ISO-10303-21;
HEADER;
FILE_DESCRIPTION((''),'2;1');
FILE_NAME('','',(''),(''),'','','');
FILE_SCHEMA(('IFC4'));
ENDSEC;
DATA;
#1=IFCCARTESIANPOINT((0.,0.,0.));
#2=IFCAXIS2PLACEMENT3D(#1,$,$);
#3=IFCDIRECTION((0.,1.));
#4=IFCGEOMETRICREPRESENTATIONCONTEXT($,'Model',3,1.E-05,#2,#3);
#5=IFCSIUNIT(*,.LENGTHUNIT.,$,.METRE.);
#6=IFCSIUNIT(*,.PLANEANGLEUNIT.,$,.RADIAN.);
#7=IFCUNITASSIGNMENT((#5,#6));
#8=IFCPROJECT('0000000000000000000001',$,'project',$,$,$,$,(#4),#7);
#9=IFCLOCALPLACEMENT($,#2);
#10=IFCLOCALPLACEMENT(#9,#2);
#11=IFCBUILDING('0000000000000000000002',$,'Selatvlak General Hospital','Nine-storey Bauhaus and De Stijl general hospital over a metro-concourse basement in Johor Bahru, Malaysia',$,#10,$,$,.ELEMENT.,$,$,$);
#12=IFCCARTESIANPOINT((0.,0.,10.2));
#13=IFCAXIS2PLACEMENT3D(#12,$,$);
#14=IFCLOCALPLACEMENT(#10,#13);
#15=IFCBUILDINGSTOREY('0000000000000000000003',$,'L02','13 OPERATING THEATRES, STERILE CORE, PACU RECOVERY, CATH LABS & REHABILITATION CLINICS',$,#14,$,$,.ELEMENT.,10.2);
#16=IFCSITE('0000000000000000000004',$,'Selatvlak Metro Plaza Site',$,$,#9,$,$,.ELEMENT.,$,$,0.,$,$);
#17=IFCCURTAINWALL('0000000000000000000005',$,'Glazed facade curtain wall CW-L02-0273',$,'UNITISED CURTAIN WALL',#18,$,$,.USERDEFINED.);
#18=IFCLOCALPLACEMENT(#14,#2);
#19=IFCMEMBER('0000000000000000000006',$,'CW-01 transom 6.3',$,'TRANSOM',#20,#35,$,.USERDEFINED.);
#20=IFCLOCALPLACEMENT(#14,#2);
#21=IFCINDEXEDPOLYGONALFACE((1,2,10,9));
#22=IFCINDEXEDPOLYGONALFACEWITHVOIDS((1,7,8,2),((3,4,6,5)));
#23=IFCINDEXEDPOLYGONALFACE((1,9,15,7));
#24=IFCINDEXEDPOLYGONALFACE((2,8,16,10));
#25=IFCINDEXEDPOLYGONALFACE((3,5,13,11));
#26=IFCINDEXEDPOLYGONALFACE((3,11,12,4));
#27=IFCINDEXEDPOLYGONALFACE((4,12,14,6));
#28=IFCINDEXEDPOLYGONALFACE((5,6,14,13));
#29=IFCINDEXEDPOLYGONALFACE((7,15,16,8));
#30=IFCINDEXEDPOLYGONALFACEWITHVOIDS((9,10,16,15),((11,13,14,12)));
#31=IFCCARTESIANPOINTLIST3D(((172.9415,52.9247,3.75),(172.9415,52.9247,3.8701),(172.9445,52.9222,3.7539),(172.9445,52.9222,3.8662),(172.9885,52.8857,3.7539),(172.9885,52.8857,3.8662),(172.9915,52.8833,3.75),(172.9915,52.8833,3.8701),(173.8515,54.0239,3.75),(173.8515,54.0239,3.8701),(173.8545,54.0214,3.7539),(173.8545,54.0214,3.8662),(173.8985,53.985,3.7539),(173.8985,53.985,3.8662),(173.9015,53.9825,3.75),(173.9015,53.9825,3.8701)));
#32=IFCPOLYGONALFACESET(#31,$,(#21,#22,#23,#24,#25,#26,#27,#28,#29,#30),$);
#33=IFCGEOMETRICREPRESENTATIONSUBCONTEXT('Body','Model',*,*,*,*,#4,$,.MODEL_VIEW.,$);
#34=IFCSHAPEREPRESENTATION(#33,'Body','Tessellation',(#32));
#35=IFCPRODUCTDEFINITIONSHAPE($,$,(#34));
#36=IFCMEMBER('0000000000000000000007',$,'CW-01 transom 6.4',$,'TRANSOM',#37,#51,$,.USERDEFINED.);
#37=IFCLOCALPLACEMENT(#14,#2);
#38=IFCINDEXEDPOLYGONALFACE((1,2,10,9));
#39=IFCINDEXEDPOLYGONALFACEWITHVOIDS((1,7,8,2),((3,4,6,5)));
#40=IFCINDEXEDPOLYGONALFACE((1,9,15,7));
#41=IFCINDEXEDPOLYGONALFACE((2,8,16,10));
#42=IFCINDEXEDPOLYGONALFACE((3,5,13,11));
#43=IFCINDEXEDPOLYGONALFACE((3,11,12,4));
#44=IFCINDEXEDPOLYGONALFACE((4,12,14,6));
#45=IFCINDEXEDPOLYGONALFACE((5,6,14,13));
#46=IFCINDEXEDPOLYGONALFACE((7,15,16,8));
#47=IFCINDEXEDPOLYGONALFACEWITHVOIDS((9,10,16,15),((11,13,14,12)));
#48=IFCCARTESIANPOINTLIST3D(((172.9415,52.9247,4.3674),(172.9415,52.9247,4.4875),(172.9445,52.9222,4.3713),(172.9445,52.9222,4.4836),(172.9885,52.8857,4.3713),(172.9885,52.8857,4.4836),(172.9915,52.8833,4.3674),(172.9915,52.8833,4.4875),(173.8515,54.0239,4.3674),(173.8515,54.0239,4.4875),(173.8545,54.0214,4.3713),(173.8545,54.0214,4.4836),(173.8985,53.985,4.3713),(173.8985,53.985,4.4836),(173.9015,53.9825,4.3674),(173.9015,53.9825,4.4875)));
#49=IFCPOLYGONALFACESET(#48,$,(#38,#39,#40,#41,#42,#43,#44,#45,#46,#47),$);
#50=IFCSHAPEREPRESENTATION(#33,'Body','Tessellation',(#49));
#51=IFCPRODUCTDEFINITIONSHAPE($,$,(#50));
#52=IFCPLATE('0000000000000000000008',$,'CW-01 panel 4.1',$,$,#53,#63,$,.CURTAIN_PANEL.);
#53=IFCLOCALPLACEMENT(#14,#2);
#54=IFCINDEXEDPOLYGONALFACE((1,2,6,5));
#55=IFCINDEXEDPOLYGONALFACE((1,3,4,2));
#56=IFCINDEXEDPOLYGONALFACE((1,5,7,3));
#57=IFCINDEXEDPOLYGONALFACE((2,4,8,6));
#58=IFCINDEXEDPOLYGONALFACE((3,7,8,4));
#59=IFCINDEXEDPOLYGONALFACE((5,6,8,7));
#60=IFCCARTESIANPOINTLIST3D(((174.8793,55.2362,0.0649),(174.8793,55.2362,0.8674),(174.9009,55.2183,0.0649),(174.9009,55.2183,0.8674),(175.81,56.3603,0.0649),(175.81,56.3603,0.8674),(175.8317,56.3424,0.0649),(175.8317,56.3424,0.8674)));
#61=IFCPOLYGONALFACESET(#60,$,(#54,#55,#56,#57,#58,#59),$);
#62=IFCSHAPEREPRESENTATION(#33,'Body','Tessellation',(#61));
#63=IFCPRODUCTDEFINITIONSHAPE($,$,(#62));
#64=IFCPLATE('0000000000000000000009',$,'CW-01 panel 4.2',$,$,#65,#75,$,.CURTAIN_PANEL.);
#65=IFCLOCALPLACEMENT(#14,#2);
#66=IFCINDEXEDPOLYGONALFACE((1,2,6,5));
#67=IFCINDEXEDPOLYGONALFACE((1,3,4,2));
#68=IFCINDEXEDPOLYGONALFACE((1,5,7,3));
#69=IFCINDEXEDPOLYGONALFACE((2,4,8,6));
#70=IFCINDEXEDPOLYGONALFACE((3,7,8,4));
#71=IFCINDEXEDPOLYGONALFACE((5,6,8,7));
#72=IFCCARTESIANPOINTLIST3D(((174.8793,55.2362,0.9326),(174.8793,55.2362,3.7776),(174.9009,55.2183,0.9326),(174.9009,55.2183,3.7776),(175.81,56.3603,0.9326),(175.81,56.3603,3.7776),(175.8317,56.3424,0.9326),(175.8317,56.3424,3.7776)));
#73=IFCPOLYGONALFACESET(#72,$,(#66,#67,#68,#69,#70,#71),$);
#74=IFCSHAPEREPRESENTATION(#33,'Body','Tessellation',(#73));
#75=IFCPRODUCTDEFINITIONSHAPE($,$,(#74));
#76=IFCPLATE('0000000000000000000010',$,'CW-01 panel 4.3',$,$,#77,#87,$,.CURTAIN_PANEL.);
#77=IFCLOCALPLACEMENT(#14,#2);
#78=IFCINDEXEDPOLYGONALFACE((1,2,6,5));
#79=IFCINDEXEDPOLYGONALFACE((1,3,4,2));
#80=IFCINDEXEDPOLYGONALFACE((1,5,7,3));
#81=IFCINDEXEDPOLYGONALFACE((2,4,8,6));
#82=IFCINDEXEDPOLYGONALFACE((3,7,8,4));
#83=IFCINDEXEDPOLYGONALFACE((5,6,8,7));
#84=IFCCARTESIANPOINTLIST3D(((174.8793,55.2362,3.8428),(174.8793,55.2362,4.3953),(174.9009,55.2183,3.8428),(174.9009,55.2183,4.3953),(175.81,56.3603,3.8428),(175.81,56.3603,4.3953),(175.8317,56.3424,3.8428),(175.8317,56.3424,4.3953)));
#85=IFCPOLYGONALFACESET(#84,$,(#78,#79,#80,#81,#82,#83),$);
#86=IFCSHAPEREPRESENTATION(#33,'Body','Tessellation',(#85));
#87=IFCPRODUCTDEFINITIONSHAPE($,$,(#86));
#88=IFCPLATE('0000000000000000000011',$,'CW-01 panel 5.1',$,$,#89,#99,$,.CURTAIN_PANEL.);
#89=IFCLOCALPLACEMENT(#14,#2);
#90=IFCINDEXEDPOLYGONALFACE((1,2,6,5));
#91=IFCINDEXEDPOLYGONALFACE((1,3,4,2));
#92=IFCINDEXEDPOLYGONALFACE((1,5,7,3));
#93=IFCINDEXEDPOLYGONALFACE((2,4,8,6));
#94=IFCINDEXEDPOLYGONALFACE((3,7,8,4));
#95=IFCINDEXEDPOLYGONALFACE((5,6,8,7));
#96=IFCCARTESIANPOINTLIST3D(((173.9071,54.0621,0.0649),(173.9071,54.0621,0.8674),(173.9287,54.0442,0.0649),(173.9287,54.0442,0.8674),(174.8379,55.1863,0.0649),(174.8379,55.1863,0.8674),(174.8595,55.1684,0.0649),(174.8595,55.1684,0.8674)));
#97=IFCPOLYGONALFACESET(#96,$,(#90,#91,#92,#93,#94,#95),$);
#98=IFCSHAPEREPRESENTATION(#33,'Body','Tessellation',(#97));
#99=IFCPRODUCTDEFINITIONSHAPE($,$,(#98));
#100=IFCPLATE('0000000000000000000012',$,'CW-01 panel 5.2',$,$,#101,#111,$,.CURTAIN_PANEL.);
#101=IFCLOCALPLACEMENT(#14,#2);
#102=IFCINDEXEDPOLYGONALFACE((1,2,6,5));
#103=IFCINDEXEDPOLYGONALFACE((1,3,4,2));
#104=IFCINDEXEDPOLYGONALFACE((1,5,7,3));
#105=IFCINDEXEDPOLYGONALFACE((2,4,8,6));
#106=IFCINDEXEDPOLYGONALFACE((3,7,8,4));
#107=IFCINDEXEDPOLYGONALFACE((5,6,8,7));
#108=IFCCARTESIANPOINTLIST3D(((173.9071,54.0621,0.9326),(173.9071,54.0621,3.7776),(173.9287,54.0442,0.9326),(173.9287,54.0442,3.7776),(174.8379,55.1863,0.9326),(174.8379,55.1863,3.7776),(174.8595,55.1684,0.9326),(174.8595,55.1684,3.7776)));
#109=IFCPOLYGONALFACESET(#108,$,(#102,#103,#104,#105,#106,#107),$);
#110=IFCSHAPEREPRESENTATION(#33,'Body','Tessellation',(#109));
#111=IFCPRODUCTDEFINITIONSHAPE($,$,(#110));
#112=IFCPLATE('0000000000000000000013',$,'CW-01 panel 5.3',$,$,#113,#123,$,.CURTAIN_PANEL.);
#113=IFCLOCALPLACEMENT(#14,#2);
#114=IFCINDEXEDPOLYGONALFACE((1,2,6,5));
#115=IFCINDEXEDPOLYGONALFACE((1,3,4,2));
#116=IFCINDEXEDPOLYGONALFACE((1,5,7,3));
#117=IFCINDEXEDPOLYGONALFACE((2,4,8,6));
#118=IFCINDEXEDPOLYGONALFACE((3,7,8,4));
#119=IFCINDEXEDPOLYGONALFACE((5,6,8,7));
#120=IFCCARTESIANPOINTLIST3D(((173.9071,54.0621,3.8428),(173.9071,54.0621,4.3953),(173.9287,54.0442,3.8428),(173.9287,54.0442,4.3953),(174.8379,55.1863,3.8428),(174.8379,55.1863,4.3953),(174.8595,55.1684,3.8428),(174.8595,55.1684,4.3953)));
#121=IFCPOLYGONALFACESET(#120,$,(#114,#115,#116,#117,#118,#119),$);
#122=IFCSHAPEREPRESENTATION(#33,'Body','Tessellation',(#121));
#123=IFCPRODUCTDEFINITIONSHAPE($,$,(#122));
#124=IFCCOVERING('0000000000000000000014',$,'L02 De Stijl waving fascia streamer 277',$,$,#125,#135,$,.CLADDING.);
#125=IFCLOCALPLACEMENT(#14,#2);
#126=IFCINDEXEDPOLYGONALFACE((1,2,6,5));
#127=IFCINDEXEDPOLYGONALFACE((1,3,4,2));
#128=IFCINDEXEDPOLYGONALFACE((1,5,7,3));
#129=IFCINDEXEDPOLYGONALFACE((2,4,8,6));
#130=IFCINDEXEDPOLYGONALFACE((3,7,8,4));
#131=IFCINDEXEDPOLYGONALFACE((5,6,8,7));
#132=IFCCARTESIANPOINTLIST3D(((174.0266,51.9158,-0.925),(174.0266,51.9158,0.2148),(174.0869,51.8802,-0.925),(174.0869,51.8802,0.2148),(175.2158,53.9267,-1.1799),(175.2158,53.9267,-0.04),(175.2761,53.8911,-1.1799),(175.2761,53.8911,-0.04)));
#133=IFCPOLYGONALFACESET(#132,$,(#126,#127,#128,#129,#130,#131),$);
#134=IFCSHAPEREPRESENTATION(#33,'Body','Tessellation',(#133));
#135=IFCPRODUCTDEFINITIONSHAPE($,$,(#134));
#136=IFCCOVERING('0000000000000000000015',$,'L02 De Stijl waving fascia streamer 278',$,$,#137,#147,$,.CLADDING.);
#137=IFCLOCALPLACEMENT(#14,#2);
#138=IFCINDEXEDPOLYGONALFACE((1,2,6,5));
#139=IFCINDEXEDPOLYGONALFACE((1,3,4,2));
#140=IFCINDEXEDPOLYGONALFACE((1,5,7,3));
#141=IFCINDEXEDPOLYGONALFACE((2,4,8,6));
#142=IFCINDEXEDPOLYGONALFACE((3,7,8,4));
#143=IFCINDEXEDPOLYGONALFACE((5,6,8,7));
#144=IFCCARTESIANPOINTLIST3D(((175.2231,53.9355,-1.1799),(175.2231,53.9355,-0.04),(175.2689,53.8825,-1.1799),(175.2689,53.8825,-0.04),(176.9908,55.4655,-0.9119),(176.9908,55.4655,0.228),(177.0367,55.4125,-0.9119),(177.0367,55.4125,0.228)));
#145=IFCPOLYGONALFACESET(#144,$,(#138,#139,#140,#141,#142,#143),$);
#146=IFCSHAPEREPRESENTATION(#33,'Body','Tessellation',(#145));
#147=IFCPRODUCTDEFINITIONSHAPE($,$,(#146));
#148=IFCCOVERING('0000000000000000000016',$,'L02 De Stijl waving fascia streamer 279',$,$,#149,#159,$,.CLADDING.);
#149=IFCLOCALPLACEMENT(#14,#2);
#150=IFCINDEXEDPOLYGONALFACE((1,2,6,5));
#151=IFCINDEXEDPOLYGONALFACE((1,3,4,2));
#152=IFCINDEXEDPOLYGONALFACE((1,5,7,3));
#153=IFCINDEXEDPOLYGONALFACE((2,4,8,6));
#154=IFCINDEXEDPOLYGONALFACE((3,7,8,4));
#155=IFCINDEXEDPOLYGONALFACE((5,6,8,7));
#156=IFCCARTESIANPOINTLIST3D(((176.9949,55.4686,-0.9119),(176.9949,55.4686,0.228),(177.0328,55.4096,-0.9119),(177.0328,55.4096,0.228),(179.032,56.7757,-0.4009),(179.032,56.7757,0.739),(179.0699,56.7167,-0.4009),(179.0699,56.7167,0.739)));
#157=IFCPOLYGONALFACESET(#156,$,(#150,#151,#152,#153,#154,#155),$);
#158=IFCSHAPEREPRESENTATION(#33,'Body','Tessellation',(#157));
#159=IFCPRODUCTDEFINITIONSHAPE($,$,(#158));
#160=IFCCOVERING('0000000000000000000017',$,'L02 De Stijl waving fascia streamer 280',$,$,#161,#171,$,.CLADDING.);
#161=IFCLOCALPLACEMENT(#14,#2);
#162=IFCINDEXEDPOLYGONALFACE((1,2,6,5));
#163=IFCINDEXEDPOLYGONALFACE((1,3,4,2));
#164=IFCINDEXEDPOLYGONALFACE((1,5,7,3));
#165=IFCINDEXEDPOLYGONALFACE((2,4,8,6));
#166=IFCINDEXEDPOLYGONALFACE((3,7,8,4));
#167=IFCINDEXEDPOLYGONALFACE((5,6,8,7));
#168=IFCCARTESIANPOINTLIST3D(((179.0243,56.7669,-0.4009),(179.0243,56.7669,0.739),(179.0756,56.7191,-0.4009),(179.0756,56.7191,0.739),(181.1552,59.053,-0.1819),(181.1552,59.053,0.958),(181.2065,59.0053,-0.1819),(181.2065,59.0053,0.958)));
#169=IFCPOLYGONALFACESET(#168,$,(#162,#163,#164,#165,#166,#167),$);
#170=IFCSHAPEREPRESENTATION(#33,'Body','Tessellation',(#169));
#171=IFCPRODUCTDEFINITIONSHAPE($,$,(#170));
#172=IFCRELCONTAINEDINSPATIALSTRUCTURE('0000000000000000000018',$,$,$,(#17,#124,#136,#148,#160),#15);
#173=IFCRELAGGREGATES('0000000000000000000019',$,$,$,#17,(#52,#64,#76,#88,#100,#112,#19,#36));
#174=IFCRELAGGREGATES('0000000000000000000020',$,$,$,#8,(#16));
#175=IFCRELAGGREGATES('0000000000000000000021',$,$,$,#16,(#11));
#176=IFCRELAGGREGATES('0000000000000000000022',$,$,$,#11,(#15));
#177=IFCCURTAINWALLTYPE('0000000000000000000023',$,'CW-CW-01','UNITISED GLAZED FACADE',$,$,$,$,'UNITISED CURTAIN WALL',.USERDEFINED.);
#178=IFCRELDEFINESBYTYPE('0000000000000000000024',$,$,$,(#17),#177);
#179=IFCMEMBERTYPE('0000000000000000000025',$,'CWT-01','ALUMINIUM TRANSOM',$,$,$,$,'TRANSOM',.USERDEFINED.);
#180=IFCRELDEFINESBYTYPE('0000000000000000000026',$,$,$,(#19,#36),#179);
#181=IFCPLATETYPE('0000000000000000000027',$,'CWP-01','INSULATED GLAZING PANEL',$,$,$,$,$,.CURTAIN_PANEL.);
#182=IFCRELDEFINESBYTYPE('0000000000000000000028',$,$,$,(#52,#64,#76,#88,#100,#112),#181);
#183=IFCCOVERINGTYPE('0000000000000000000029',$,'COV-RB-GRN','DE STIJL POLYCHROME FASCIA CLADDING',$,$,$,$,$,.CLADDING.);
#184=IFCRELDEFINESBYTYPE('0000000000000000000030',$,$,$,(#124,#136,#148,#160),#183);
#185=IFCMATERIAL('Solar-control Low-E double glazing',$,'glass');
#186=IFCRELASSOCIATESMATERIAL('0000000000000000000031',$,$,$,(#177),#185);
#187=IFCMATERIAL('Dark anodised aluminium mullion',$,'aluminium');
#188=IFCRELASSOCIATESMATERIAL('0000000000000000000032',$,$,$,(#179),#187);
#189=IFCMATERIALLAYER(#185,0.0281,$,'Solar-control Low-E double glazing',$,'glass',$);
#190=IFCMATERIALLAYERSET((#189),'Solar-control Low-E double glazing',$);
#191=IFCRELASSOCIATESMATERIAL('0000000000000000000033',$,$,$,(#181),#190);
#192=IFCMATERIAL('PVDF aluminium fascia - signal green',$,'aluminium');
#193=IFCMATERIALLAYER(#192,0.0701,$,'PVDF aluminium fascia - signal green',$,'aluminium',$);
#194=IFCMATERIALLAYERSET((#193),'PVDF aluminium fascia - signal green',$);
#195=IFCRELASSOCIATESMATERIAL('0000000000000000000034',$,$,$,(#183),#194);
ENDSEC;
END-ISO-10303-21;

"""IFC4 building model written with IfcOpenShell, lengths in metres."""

from ifc_helpers import new_model, si_unit, direction, frame, origin, origin_2d, place, context, subcontext, project, spatial, polyline, rectangle, hollow_rectangle, outline, extrude, material, layer, layer_set, material_profile, profile_set, type_object, element, aggregate, save


model = new_model("IFC4")

# Units and contexts
model_context = context("Model", 3, precision=1e-05, world=origin(), true_north=direction((0.0, 1.0)))
body_context = subcontext(model_context, "Body", "Model", "MODEL_VIEW")
ifc_project = project(units=[si_unit("LENGTHUNIT", "METRE"), si_unit("PLANEANGLEUNIT", "RADIAN")], contexts=[model_context])

# Site, building, storey
site_placement = place(None, origin())
site = spatial("IfcSite", under=ifc_project, at=site_placement, Name="Selatvlak Metro Plaza Site", CompositionType="ELEMENT", RefElevation=0.0)
building_placement = place(site_placement, origin())
building = spatial("IfcBuilding", under=site, at=building_placement, Name="Selatvlak General Hospital", Description="Nine-storey Bauhaus and De Stijl general hospital over a metro-concourse basement in Johor Bahru, Malaysia", CompositionType="ELEMENT")
storey_placement = place(building_placement, frame((0.0, 0.0, 10.2)))
storey = spatial("IfcBuildingStorey", under=building, at=storey_placement, Name="L02", Description="13 OPERATING THEATRES, STERILE CORE, PACU RECOVERY, CATH LABS & REHABILITATION CLINICS", CompositionType="ELEMENT", Elevation=10.2)

# Curtain wall, members, plates
ifc_material_1 = material(Name="Solar-control Low-E double glazing", Category="glass")
curtain_wall_type = type_object("IfcCurtainWallType", Name="CW-CW-01", Description="UNITISED GLAZED FACADE", ElementType="UNITISED CURTAIN WALL", PredefinedType="USERDEFINED", material=ifc_material_1)
curtain_wall_placement = place(storey_placement, origin())
curtain_wall = element("IfcCurtainWall", 1, at=curtain_wall_placement, inside=storey, type_object=curtain_wall_type, Name="Glazed facade curtain wall CW-L02-0273", ObjectType="UNITISED CURTAIN WALL", PredefinedType="USERDEFINED")
ifc_material_2 = material(Name="Dark anodised aluminium mullion", Category="aluminium")
ifc_material_profile_1 = material_profile(ifc_material_2, hollow_rectangle(XDim=0.0649, YDim=0.1201, WallThickness=0.0039, at=origin_2d()), Name="AL-TRN 65x120x4")
ifc_profile_set_1 = profile_set([ifc_material_profile_1], Name="Dark anodised aluminium mullion")
member_type_1 = type_object("IfcMemberType", Name="CWT-01", Description="ALUMINIUM TRANSOM", ElementType="TRANSOM", PredefinedType="USERDEFINED", material=ifc_profile_set_1)
member_1_placement = place(storey_placement, frame((173.8765, 54.0032, 3.8101), z_axis=(-0.63769, -0.770293, 0.0), x_axis=(0.770293, -0.63769, 0.0)))
member_1 = element("IfcMember", 2, at=member_1_placement, type_object=member_type_1, Name="CW-01 transom 6.3", ObjectType="TRANSOM", PredefinedType="USERDEFINED", context=body_context, shape_type="SweptSolid", body=[
    extrude(hollow_rectangle(XDim=0.0649, YDim=0.1201, WallThickness=0.0039, at=origin_2d()), origin(), (0.0, 0.0, 1.0), 1.427),
])
member_2_placement = place(storey_placement, frame((173.8765, 54.0032, 4.4275), z_axis=(-0.63769, -0.770293, 0.0), x_axis=(0.770293, -0.63769, 0.0)))
member_2 = element("IfcMember", 3, at=member_2_placement, type_object=member_type_1, Name="CW-01 transom 6.4", ObjectType="TRANSOM", PredefinedType="USERDEFINED", context=body_context, shape_type="SweptSolid", body=[
    extrude(hollow_rectangle(XDim=0.0649, YDim=0.1201, WallThickness=0.0039, at=origin_2d()), origin(), (0.0, 0.0, 1.0), 1.427),
])
ifc_layer_1 = layer(ifc_material_1, 0.0281, Name="Solar-control Low-E double glazing", Category="glass")
ifc_layer_set_1 = layer_set([ifc_layer_1], Name="Solar-control Low-E double glazing")
plate_type = type_object("IfcPlateType", Name="CWP-01", Description="INSULATED GLAZING PANEL", PredefinedType="CURTAIN_PANEL", material=ifc_layer_set_1)
plate_1_placement = place(storey_placement, frame((175.3555, 55.7893, 0.0649), z_axis=(0.0, 0.0, 1.0), x_axis=(-0.63774, -0.770252, 0.0)))
plate_1 = element("IfcPlate", 4, at=plate_1_placement, type_object=plate_type, Name="CW-01 panel 4.1", PredefinedType="CURTAIN_PANEL", context=body_context, shape_type="SweptSolid", body=[
    extrude(rectangle(XDim=1.4595, YDim=0.0281, at=origin_2d()), origin(), (0.0, 0.0, 1.0), 0.8025),
])
plate_2_placement = place(storey_placement, frame((175.3555, 55.7893, 0.9326), z_axis=(0.0, 0.0, 1.0), x_axis=(-0.63774, -0.770252, 0.0)))
plate_2 = element("IfcPlate", 5, at=plate_2_placement, type_object=plate_type, Name="CW-01 panel 4.2", PredefinedType="CURTAIN_PANEL", context=body_context, shape_type="SweptSolid", body=[
    extrude(rectangle(XDim=1.4595, YDim=0.0281, at=origin_2d()), origin(), (0.0, 0.0, 1.0), 2.845),
])
plate_3_placement = place(storey_placement, frame((175.3555, 55.7893, 3.8428), z_axis=(0.0, 0.0, 1.0), x_axis=(-0.63774, -0.770252, 0.0)))
plate_3 = element("IfcPlate", 6, at=plate_3_placement, type_object=plate_type, Name="CW-01 panel 4.3", PredefinedType="CURTAIN_PANEL", context=body_context, shape_type="SweptSolid", body=[
    extrude(rectangle(XDim=1.4595, YDim=0.0281, at=origin_2d()), origin(), (0.0, 0.0, 1.0), 0.5525),
])
plate_4_placement = place(storey_placement, frame((174.3833, 54.6152, 0.0649), z_axis=(0.0, 0.0, 1.0), x_axis=(-0.63774, -0.770252, 0.0)))
plate_4 = element("IfcPlate", 7, at=plate_4_placement, type_object=plate_type, Name="CW-01 panel 5.1", PredefinedType="CURTAIN_PANEL", context=body_context, shape_type="SweptSolid", body=[
    extrude(rectangle(XDim=1.4595, YDim=0.0281, at=origin_2d()), origin(), (0.0, 0.0, 1.0), 0.8025),
])
plate_5_placement = place(storey_placement, frame((174.3833, 54.6152, 0.9326), z_axis=(0.0, 0.0, 1.0), x_axis=(-0.63774, -0.770252, 0.0)))
plate_5 = element("IfcPlate", 8, at=plate_5_placement, type_object=plate_type, Name="CW-01 panel 5.2", PredefinedType="CURTAIN_PANEL", context=body_context, shape_type="SweptSolid", body=[
    extrude(rectangle(XDim=1.4595, YDim=0.0281, at=origin_2d()), origin(), (0.0, 0.0, 1.0), 2.845),
])
plate_6_placement = place(storey_placement, frame((174.3833, 54.6152, 3.8428), z_axis=(0.0, 0.0, 1.0), x_axis=(-0.63774, -0.770252, 0.0)))
plate_6 = element("IfcPlate", 9, at=plate_6_placement, type_object=plate_type, Name="CW-01 panel 5.3", PredefinedType="CURTAIN_PANEL", context=body_context, shape_type="SweptSolid", body=[
    extrude(rectangle(XDim=1.4595, YDim=0.0281, at=origin_2d()), origin(), (0.0, 0.0, 1.0), 0.5525),
])
aggregate(curtain_wall, [plate_1, plate_2, plate_3, plate_4, plate_5, plate_6, member_1, member_2])

# Coverings
ifc_material_3 = material(Name="PVDF aluminium fascia - signal green", Category="aluminium")
ifc_layer_2 = layer(ifc_material_3, 0.0701, Name="PVDF aluminium fascia - signal green", Category="aluminium")
ifc_layer_set_2 = layer_set([ifc_layer_2], Name="PVDF aluminium fascia - signal green")
covering_type = type_object("IfcCoveringType", Name="COV-RB-GRN", Description="DE STIJL POLYCHROME FASCIA CLADDING", PredefinedType="CLADDING", material=ifc_layer_set_2)
covering_1_placement = place(storey_placement, frame((174.0569, 51.8979, -0.925), z_axis=(0.0, 0.0, 1.0), x_axis=(0.509014, 0.860758, 0.0)))
element("IfcCovering", 10, at=covering_1_placement, inside=storey, type_object=covering_type, Name="L02 De Stijl waving fascia streamer 277", PredefinedType="CLADDING", context=body_context, shape_type="SweptSolid", body=[
    extrude(outline(polyline([(0.0, 0.0), (2.3362, -0.2549), (2.3362, 0.885), (0.0, 1.1399), (0.0, 0.0)])), frame((0.0, 0.0352, 0.0), z_axis=(0.0, -1.0, 0.0), x_axis=(1.0, 0.0, 0.0)), (0.0, 0.0, 1.0), 0.0701),
])
covering_2_placement = place(storey_placement, frame((175.2461, 53.9089, -1.1799), z_axis=(0.0, 0.0, 1.0), x_axis=(0.75613, 0.654422, 0.0)))
element("IfcCovering", 11, at=covering_2_placement, inside=storey, type_object=covering_type, Name="L02 De Stijl waving fascia streamer 278", PredefinedType="CLADDING", context=body_context, shape_type="SweptSolid", body=[
    extrude(outline(polyline([(0.0, 0.0), (2.3379, 0.2681), (2.3379, 1.408), (0.0, 1.1399), (0.0, 0.0)])), frame((0.0, 0.0352, 0.0), z_axis=(0.0, -1.0, 0.0), x_axis=(1.0, 0.0, 0.0)), (0.0, 0.0, 1.0), 0.0701),
])
covering_3_placement = place(storey_placement, frame((177.0139, 55.439, -0.9119), z_axis=(0.0, 0.0, 1.0), x_axis=(0.841637, 0.540044, 0.0)))
element("IfcCovering", 12, at=covering_3_placement, inside=storey, type_object=covering_type, Name="L02 De Stijl waving fascia streamer 279", PredefinedType="CLADDING", context=body_context, shape_type="SweptSolid", body=[
    extrude(outline(polyline([(0.0, 0.0), (2.4204, 0.511), (2.4204, 1.6509), (0.0, 1.1399), (0.0, 0.0)])), frame((0.0, 0.0352, 0.0), z_axis=(0.0, -1.0, 0.0), x_axis=(1.0, 0.0, 0.0)), (0.0, 0.0, 1.0), 0.0701),
])
covering_4_placement = place(storey_placement, frame((179.05, 56.7429, -0.4009), z_axis=(0.0, 0.0, 1.0), x_axis=(0.681828, 0.731512, 0.0)))
element("IfcCovering", 13, at=covering_4_placement, inside=storey, type_object=covering_type, Name="L02 De Stijl waving fascia streamer 280", PredefinedType="CLADDING", context=body_context, shape_type="SweptSolid", body=[
    extrude(outline(polyline([(0.0, 0.0), (3.1252, 0.219), (3.1252, 1.3589), (0.0, 1.1399), (0.0, 0.0)])), frame((0.0, 0.0352, 0.0), z_axis=(0.0, -1.0, 0.0), x_axis=(1.0, 0.0, 0.0)), (0.0, 0.0, 1.0), 0.0701),
])

save(model, "model.ifc")
